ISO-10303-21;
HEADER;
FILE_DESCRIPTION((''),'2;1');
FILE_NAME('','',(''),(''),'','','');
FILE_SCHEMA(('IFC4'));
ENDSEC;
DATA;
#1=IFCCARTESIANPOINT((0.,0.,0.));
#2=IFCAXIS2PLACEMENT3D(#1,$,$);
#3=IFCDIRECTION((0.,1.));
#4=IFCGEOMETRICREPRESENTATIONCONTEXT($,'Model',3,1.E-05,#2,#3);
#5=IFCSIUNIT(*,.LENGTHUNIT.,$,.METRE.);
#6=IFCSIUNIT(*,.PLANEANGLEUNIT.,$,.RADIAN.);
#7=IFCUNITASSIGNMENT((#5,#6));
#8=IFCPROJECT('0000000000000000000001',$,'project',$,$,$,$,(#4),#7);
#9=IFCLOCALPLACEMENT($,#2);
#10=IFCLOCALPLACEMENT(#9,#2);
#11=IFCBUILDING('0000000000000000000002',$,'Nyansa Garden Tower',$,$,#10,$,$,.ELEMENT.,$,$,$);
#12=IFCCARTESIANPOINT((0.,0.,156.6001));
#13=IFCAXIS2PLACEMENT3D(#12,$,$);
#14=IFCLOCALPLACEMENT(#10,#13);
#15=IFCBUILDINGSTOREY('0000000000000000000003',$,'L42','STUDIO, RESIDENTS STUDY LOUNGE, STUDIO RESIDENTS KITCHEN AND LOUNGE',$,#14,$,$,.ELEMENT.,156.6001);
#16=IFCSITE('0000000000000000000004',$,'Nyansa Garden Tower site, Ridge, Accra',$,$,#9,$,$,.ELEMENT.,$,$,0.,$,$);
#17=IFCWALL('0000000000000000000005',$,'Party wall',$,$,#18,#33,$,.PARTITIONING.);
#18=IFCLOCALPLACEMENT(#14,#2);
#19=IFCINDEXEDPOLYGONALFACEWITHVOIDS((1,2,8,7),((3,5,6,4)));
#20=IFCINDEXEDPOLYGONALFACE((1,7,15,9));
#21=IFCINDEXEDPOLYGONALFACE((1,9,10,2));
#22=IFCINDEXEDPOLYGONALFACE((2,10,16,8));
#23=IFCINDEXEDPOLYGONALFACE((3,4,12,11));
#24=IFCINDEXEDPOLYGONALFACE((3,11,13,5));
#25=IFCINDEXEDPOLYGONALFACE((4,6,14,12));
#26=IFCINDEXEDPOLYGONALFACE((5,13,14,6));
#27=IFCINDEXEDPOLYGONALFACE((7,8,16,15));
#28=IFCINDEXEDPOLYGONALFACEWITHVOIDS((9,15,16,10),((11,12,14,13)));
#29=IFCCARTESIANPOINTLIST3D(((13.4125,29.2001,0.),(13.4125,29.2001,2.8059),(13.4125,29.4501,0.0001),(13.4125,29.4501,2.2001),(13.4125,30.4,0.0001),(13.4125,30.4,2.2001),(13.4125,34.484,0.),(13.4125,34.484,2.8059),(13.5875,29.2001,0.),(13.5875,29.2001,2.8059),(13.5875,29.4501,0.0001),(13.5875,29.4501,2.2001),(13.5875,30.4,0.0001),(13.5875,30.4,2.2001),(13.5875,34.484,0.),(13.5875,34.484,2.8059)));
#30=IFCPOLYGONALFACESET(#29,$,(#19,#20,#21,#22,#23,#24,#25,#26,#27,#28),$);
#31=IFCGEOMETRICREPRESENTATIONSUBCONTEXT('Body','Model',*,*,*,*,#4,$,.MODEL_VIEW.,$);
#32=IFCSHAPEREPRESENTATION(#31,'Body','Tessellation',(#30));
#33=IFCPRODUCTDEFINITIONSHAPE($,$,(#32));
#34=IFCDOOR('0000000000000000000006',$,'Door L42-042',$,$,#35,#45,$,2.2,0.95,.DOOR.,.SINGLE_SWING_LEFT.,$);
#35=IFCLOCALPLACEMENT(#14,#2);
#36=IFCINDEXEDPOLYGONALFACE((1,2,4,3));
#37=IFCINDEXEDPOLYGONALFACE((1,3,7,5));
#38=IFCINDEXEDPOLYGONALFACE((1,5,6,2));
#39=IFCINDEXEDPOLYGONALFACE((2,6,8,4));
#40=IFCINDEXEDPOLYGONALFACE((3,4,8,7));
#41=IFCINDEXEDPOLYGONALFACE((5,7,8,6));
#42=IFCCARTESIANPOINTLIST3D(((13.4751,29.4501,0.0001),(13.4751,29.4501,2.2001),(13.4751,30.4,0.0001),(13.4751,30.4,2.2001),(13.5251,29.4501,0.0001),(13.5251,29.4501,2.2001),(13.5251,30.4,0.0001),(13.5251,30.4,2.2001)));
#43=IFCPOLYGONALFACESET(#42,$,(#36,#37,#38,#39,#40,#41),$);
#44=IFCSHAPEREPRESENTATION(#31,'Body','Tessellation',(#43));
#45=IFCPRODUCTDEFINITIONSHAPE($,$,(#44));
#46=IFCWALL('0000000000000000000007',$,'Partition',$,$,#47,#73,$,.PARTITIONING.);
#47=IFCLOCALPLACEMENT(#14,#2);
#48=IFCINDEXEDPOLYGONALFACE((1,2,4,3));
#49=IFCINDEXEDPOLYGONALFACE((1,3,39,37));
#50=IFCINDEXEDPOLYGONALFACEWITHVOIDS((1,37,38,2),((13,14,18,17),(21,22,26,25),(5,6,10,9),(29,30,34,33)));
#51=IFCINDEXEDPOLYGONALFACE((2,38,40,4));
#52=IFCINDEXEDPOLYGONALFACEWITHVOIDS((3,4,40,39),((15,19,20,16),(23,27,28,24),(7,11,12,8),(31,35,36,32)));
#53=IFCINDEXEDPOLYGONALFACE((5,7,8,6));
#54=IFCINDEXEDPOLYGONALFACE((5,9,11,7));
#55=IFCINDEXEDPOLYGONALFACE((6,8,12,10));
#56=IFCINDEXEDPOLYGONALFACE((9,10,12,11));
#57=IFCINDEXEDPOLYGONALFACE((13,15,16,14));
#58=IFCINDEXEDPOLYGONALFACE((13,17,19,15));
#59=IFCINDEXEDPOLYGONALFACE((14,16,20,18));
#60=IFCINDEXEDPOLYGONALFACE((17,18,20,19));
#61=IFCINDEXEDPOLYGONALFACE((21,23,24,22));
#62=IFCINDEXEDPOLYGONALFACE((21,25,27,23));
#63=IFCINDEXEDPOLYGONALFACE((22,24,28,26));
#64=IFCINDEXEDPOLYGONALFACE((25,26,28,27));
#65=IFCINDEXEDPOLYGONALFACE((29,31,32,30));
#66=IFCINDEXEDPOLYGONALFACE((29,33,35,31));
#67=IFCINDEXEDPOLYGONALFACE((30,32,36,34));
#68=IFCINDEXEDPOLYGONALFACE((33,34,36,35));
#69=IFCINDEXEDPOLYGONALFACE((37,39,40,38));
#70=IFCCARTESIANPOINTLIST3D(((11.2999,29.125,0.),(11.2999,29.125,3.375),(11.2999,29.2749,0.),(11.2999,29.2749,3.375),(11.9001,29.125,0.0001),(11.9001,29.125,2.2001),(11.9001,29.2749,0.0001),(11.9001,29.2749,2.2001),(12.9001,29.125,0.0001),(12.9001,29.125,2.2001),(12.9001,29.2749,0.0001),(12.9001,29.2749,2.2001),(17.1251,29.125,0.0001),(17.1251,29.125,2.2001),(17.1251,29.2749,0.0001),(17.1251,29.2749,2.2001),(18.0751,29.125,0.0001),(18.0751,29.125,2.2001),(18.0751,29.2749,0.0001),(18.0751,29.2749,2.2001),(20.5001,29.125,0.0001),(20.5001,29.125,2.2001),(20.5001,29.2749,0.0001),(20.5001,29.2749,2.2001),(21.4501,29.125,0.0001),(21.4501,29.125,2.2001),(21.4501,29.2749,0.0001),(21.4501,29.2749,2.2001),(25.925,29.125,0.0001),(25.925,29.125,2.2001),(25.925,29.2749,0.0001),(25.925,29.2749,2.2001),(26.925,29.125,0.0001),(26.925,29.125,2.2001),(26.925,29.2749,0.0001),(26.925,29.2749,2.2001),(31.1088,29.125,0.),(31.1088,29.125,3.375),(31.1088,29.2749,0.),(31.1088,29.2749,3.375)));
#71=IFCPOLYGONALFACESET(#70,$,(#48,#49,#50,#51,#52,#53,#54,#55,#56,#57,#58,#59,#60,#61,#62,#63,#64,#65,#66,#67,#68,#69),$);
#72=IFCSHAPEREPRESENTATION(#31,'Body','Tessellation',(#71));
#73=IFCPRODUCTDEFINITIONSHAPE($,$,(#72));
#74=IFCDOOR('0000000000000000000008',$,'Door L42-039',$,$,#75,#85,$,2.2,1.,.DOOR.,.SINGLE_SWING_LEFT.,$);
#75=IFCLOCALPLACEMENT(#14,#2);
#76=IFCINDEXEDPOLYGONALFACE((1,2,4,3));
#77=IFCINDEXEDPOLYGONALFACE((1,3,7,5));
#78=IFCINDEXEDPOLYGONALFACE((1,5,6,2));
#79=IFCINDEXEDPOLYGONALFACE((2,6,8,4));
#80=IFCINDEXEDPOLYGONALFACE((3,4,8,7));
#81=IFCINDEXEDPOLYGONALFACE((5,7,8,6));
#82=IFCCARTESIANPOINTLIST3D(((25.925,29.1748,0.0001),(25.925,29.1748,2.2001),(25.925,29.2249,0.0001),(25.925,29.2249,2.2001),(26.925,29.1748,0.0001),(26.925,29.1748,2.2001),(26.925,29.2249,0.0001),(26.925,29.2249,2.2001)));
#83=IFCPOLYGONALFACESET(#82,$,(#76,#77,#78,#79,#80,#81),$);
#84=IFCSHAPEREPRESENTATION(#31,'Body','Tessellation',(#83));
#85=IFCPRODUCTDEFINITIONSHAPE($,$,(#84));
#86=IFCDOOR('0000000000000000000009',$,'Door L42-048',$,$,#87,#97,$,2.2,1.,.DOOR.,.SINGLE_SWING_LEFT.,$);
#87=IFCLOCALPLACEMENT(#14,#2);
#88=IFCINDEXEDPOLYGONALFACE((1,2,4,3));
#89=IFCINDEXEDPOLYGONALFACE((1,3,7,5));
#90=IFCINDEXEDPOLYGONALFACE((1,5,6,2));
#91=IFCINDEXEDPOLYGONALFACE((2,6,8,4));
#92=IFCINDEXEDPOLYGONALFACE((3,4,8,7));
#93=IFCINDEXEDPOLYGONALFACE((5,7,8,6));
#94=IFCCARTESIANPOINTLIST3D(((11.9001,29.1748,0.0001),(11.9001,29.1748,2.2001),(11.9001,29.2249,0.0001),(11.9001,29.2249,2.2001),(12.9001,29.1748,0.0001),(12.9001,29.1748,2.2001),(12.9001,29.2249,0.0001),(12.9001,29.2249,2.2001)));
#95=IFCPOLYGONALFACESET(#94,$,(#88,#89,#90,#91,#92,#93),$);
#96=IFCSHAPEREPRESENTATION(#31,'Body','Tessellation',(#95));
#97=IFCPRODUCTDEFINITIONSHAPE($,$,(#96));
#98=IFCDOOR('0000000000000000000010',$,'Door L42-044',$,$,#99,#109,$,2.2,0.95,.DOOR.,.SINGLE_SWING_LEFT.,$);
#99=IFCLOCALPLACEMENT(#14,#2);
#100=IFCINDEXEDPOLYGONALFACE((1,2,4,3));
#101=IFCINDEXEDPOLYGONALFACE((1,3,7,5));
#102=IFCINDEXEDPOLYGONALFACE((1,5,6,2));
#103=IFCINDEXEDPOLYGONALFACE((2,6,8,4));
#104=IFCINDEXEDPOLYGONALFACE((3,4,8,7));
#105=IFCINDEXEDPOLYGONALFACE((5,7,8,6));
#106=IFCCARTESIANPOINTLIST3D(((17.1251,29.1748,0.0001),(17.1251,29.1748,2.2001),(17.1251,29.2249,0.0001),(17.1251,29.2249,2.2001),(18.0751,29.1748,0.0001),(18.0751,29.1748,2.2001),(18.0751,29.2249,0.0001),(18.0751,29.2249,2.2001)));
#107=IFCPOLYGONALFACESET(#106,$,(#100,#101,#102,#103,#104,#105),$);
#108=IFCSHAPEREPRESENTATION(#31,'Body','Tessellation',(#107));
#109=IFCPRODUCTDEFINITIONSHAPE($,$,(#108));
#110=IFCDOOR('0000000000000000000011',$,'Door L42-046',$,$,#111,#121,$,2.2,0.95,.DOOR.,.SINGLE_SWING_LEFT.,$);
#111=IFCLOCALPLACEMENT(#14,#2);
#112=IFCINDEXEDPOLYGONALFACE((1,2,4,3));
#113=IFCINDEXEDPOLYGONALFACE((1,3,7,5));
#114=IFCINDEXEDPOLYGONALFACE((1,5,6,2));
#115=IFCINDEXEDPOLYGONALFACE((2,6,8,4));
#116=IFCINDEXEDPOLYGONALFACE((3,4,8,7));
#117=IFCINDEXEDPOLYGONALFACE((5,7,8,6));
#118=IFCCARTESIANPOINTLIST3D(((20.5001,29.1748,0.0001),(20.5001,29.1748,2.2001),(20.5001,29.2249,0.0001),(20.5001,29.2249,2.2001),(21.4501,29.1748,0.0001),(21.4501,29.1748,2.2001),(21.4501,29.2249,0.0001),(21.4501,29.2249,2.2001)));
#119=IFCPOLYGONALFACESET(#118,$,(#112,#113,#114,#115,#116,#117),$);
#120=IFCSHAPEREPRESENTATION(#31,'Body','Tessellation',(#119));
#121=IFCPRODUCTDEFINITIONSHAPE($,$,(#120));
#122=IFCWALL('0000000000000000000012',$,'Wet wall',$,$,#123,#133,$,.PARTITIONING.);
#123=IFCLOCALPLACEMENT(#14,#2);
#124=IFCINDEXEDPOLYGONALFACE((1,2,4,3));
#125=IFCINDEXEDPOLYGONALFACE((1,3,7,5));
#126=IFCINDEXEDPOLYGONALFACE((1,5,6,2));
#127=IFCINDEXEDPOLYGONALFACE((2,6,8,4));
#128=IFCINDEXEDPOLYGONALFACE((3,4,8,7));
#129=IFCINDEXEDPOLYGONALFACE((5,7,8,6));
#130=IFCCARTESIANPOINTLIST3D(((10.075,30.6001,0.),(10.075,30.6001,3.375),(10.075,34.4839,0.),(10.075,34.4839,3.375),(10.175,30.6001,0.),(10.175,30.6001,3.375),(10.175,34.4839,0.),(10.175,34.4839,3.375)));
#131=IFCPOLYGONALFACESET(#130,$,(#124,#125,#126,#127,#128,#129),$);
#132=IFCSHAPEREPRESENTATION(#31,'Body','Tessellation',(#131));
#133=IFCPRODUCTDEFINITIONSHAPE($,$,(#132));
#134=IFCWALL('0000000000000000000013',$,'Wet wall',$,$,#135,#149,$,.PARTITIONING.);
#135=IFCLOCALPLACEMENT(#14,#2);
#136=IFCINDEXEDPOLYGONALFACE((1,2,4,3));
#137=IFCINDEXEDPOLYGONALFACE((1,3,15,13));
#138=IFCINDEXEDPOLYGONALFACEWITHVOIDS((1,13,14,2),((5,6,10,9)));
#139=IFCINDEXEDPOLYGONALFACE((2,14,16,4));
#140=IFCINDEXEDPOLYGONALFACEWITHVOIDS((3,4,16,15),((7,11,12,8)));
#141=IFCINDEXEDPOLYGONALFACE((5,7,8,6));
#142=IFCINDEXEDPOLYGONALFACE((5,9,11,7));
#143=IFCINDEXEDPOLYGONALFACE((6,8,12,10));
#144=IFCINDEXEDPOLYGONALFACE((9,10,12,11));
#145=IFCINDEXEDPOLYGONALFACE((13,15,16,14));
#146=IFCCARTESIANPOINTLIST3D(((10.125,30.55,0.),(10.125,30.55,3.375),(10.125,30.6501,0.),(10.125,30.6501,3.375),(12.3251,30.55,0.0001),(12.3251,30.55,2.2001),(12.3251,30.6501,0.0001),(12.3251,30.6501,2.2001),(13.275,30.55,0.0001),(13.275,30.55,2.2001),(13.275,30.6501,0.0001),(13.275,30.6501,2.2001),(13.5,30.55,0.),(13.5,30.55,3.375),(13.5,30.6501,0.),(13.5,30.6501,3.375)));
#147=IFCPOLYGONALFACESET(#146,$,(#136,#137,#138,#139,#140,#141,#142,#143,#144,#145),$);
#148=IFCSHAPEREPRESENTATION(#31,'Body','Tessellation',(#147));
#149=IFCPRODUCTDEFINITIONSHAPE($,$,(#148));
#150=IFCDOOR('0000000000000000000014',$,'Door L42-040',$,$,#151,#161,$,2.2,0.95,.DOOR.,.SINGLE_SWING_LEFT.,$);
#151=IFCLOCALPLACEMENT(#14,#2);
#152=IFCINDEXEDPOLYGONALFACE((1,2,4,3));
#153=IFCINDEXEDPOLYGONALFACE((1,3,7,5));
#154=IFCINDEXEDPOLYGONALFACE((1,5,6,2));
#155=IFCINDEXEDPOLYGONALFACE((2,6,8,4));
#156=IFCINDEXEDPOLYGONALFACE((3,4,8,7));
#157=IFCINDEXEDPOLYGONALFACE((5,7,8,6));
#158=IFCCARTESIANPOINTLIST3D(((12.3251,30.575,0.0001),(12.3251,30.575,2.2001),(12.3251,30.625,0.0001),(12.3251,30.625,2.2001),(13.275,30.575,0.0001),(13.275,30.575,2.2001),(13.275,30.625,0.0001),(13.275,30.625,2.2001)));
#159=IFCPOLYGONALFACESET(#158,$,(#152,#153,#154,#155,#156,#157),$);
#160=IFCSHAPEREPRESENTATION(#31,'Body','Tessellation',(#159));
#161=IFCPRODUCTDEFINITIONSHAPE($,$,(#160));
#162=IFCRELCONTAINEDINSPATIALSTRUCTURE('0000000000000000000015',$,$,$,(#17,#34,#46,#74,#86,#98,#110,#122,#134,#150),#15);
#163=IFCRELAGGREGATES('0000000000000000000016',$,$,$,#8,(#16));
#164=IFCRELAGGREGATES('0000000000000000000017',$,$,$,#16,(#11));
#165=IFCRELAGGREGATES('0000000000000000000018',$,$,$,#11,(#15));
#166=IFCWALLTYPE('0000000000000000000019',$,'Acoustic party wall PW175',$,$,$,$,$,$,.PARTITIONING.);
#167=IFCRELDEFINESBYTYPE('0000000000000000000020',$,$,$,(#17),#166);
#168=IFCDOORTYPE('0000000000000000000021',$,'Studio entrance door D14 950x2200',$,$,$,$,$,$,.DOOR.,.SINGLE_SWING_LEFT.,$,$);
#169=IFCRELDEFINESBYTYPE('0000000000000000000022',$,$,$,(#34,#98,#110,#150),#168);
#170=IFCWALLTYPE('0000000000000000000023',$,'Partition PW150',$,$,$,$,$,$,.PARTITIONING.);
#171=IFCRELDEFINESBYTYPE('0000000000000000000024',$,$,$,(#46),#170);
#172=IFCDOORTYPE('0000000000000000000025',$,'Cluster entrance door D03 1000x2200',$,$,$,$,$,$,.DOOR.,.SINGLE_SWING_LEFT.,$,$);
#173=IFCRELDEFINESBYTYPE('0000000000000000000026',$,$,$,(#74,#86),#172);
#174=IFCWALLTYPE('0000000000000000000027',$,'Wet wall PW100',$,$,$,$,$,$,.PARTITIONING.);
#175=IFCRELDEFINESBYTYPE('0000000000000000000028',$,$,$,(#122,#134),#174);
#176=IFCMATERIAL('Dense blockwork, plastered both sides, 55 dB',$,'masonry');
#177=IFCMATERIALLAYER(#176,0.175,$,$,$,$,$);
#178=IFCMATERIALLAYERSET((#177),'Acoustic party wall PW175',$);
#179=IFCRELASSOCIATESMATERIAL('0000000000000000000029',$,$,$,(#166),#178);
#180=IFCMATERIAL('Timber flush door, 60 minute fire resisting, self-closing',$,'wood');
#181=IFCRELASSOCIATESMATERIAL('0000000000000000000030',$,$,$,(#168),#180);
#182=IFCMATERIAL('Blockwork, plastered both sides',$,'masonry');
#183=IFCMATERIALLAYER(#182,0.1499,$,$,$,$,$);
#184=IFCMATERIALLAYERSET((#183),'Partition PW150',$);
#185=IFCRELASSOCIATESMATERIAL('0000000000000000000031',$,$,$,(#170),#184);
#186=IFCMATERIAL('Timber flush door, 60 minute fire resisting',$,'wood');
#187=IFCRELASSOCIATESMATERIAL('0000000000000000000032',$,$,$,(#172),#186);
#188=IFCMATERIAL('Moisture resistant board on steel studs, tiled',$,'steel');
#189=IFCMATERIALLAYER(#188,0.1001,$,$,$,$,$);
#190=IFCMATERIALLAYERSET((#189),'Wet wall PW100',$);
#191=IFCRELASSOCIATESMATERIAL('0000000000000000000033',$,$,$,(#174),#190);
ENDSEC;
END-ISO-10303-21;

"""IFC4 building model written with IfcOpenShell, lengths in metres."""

from ifc_helpers import new_model, si_unit, direction, frame, frame_2d, origin, place, context, subcontext, project, spatial, rectangle, extrude, material, layer, layer_set, type_object, element, fill, save


model = new_model("IFC4")

# Units and contexts
model_context = context("Model", 3, precision=1e-05, world=origin(), true_north=direction((0.0, 1.0)))
body_context = subcontext(model_context, "Body", "Model", "MODEL_VIEW")
ifc_project = project(units=[si_unit("LENGTHUNIT", "METRE"), si_unit("PLANEANGLEUNIT", "RADIAN")], contexts=[model_context])

# Site, building, storey
site_placement = place(None, origin())
site = spatial("IfcSite", under=ifc_project, at=site_placement, Name="Nyansa Garden Tower site, Ridge, Accra", CompositionType="ELEMENT", RefElevation=0.0)
building_placement = place(site_placement, origin())
building = spatial("IfcBuilding", under=site, at=building_placement, Name="Nyansa Garden Tower", CompositionType="ELEMENT")
storey_placement = place(building_placement, frame((0.0, 0.0, 156.6001)))
storey = spatial("IfcBuildingStorey", under=building, at=storey_placement, Name="L42", Description="STUDIO, RESIDENTS STUDY LOUNGE, STUDIO RESIDENTS KITCHEN AND LOUNGE", CompositionType="ELEMENT", Elevation=156.6001)

# Wall, opening, door
ifc_material_1 = material(Name="Dense blockwork, plastered both sides, 55 dB", Category="masonry")
ifc_layer_1 = layer(ifc_material_1, 0.175)
ifc_layer_set_1 = layer_set([ifc_layer_1], Name="Acoustic party wall PW175")
wall_type_1 = type_object("IfcWallType", Name="Acoustic party wall PW175", PredefinedType="PARTITIONING", material=ifc_layer_set_1)
wall_1_placement = place(storey_placement, frame((13.5, 29.2, 0.0), z_axis=(0.0, 0.0, 1.0), x_axis=(0.0, 1.0, 0.0)))
wall_1 = element("IfcWall", 1, at=wall_1_placement, inside=storey, type_object=wall_type_1, Name="Party wall", PredefinedType="PARTITIONING", context=body_context, shape_type="SweptSolid", body=[
    extrude(rectangle(XDim=5.2839, YDim=0.175, at=frame_2d((2.6421, 0.0))), origin(), (0.0, 0.0, 1.0), 2.8059),
])
opening_1_placement = place(wall_1_placement, frame((0.25, 0.0, 0.0)))
opening_1 = element("IfcOpeningElement", 2, at=opening_1_placement, cuts=wall_1, PredefinedType="OPENING", context=body_context, shape_type="SweptSolid", body=[
    extrude(rectangle(XDim=0.95, YDim=2.2, at=frame_2d((0.4751, 1.1001))), frame((0.0, 0.0974, 0.0), z_axis=(0.0, -1.0, 0.0), x_axis=(1.0, 0.0, 0.0)), (0.0, 0.0, 1.0), 0.1951),
])
ifc_material_2 = material(Name="Timber flush door, 60 minute fire resisting, self-closing", Category="wood")
door_type_1 = type_object("IfcDoorType", Name="Studio entrance door D14 950x2200", OperationType="SINGLE_SWING_LEFT", PredefinedType="DOOR", material=ifc_material_2)
door_1_placement = place(opening_1_placement, origin())
door_1 = element("IfcDoor", 3, at=door_1_placement, inside=storey, type_object=door_type_1, Name="Door L42-042", OperationType="SINGLE_SWING_LEFT", OverallHeight=2.2, OverallWidth=0.95, PredefinedType="DOOR", context=body_context, shape_type="SweptSolid", body=[
    extrude(rectangle(XDim=0.95, YDim=2.2, at=frame_2d((0.4751, 1.1001))), frame((0.0, 0.0249, 0.0), z_axis=(0.0, -1.0, 0.0), x_axis=(1.0, 0.0, 0.0)), (0.0, 0.0, 1.0), 0.05),
])
fill(opening_1, door_1)

# Wall, openings, doors
ifc_material_3 = material(Name="Blockwork, plastered both sides", Category="masonry")
ifc_layer_2 = layer(ifc_material_3, 0.1499)
ifc_layer_set_2 = layer_set([ifc_layer_2], Name="Partition PW150")
wall_type_2 = type_object("IfcWallType", Name="Partition PW150", PredefinedType="PARTITIONING", material=ifc_layer_set_2)
wall_2_placement = place(storey_placement, frame((11.3, 29.2, 0.0), z_axis=(0.0, 0.0, 1.0), x_axis=(1.0, 0.0, 0.0)))
wall_2 = element("IfcWall", 4, at=wall_2_placement, inside=storey, type_object=wall_type_2, Name="Partition", PredefinedType="PARTITIONING", context=body_context, shape_type="SweptSolid", body=[
    extrude(rectangle(XDim=19.8088, YDim=0.1499, at=frame_2d((9.9043, 0.0))), origin(), (0.0, 0.0, 1.0), 3.375),
])
opening_2_placement = place(wall_2_placement, frame((14.625, 0.0, 0.0)))
opening_2 = element("IfcOpeningElement", 5, at=opening_2_placement, cuts=wall_2, PredefinedType="OPENING", context=body_context, shape_type="SweptSolid", body=[
    extrude(rectangle(XDim=1.0, YDim=2.2, at=frame_2d((0.5, 1.1001))), frame((0.0, 0.085, 0.0), z_axis=(0.0, -1.0, 0.0), x_axis=(1.0, 0.0, 0.0)), (0.0, 0.0, 1.0), 0.1699),
])
opening_3_placement = place(wall_2_placement, frame((5.825, 0.0, 0.0)))
opening_3 = element("IfcOpeningElement", 6, at=opening_3_placement, cuts=wall_2, PredefinedType="OPENING", context=body_context, shape_type="SweptSolid", body=[
    extrude(rectangle(XDim=0.95, YDim=2.2, at=frame_2d((0.4751, 1.1001))), frame((0.0, 0.085, 0.0), z_axis=(0.0, -1.0, 0.0), x_axis=(1.0, 0.0, 0.0)), (0.0, 0.0, 1.0), 0.1699),
])
opening_4_placement = place(wall_2_placement, frame((9.2, 0.0, 0.0)))
opening_4 = element("IfcOpeningElement", 7, at=opening_4_placement, cuts=wall_2, PredefinedType="OPENING", context=body_context, shape_type="SweptSolid", body=[
    extrude(rectangle(XDim=0.95, YDim=2.2, at=frame_2d((0.4751, 1.1001))), frame((0.0, 0.085, 0.0), z_axis=(0.0, -1.0, 0.0), x_axis=(1.0, 0.0, 0.0)), (0.0, 0.0, 1.0), 0.1699),
])
opening_5_placement = place(wall_2_placement, frame((0.6001, 0.0, 0.0)))
opening_5 = element("IfcOpeningElement", 8, at=opening_5_placement, cuts=wall_2, PredefinedType="OPENING", context=body_context, shape_type="SweptSolid", body=[
    extrude(rectangle(XDim=1.0, YDim=2.2, at=frame_2d((0.5, 1.1001))), frame((0.0, 0.085, 0.0), z_axis=(0.0, -1.0, 0.0), x_axis=(1.0, 0.0, 0.0)), (0.0, 0.0, 1.0), 0.1699),
])
ifc_material_4 = material(Name="Timber flush door, 60 minute fire resisting", Category="wood")
door_type_2 = type_object("IfcDoorType", Name="Cluster entrance door D03 1000x2200", OperationType="SINGLE_SWING_LEFT", PredefinedType="DOOR", material=ifc_material_4)
door_2_placement = place(opening_2_placement, origin())
door_2 = element("IfcDoor", 9, at=door_2_placement, inside=storey, type_object=door_type_2, Name="Door L42-039", OperationType="SINGLE_SWING_LEFT", OverallHeight=2.2, OverallWidth=1.0, PredefinedType="DOOR", context=body_context, shape_type="SweptSolid", body=[
    extrude(rectangle(XDim=1.0, YDim=2.2, at=frame_2d((0.5, 1.1001))), frame((0.0, 0.0249, 0.0), z_axis=(0.0, -1.0, 0.0), x_axis=(1.0, 0.0, 0.0)), (0.0, 0.0, 1.0), 0.05),
])
fill(opening_2, door_2)
door_3_placement = place(opening_5_placement, origin())
door_3 = element("IfcDoor", 10, at=door_3_placement, inside=storey, type_object=door_type_2, Name="Door L42-048", OperationType="SINGLE_SWING_LEFT", OverallHeight=2.2, OverallWidth=1.0, PredefinedType="DOOR", context=body_context, shape_type="SweptSolid", body=[
    extrude(rectangle(XDim=1.0, YDim=2.2, at=frame_2d((0.5, 1.1001))), frame((0.0, 0.0249, 0.0), z_axis=(0.0, -1.0, 0.0), x_axis=(1.0, 0.0, 0.0)), (0.0, 0.0, 1.0), 0.05),
])
fill(opening_5, door_3)
door_4_placement = place(opening_3_placement, origin())
door_4 = element("IfcDoor", 11, at=door_4_placement, inside=storey, type_object=door_type_1, Name="Door L42-044", OperationType="SINGLE_SWING_LEFT", OverallHeight=2.2, OverallWidth=0.95, PredefinedType="DOOR", context=body_context, shape_type="SweptSolid", body=[
    extrude(rectangle(XDim=0.95, YDim=2.2, at=frame_2d((0.4751, 1.1001))), frame((0.0, 0.0249, 0.0), z_axis=(0.0, -1.0, 0.0), x_axis=(1.0, 0.0, 0.0)), (0.0, 0.0, 1.0), 0.05),
])
fill(opening_3, door_4)
door_5_placement = place(opening_4_placement, origin())
door_5 = element("IfcDoor", 12, at=door_5_placement, inside=storey, type_object=door_type_1, Name="Door L42-046", OperationType="SINGLE_SWING_LEFT", OverallHeight=2.2, OverallWidth=0.95, PredefinedType="DOOR", context=body_context, shape_type="SweptSolid", body=[
    extrude(rectangle(XDim=0.95, YDim=2.2, at=frame_2d((0.4751, 1.1001))), frame((0.0, 0.0249, 0.0), z_axis=(0.0, -1.0, 0.0), x_axis=(1.0, 0.0, 0.0)), (0.0, 0.0, 1.0), 0.05),
])
fill(opening_4, door_5)

# Wall
ifc_material_5 = material(Name="Moisture resistant board on steel studs, tiled", Category="steel")
ifc_layer_3 = layer(ifc_material_5, 0.1001)
ifc_layer_set_3 = layer_set([ifc_layer_3], Name="Wet wall PW100")
wall_type_3 = type_object("IfcWallType", Name="Wet wall PW100", PredefinedType="PARTITIONING", material=ifc_layer_set_3)
wall_3_placement = place(storey_placement, frame((10.125, 30.6001, 0.0), z_axis=(0.0, 0.0, 1.0), x_axis=(0.0, 1.0, 0.0)))
element("IfcWall", 13, at=wall_3_placement, inside=storey, type_object=wall_type_3, Name="Wet wall", PredefinedType="PARTITIONING", context=body_context, shape_type="SweptSolid", body=[
    extrude(rectangle(XDim=3.8838, YDim=0.1001, at=frame_2d((1.9419, 0.0))), origin(), (0.0, 0.0, 1.0), 3.375),
])

# Wall, opening, door
wall_4_placement = place(storey_placement, frame((10.125, 30.6001, 0.0), z_axis=(0.0, 0.0, 1.0), x_axis=(1.0, 0.0, 0.0)))
wall_4 = element("IfcWall", 14, at=wall_4_placement, inside=storey, type_object=wall_type_3, Name="Wet wall", PredefinedType="PARTITIONING", context=body_context, shape_type="SweptSolid", body=[
    extrude(rectangle(XDim=3.375, YDim=0.1001, at=frame_2d((1.6875, 0.0))), origin(), (0.0, 0.0, 1.0), 3.375),
])
opening_6_placement = place(wall_4_placement, frame((2.2, 0.0, 0.0)))
opening_6 = element("IfcOpeningElement", 15, at=opening_6_placement, cuts=wall_4, PredefinedType="OPENING", context=body_context, shape_type="SweptSolid", body=[
    extrude(rectangle(XDim=0.95, YDim=2.2, at=frame_2d((0.4751, 1.1001))), frame((0.0, 0.0601, 0.0), z_axis=(0.0, -1.0, 0.0), x_axis=(1.0, 0.0, 0.0)), (0.0, 0.0, 1.0), 0.1201),
])
door_6_placement = place(opening_6_placement, origin())
door_6 = element("IfcDoor", 16, at=door_6_placement, inside=storey, type_object=door_type_1, Name="Door L42-040", OperationType="SINGLE_SWING_LEFT", OverallHeight=2.2, OverallWidth=0.95, PredefinedType="DOOR", context=body_context, shape_type="SweptSolid", body=[
    extrude(rectangle(XDim=0.95, YDim=2.2, at=frame_2d((0.4751, 1.1001))), frame((0.0, 0.0249, 0.0), z_axis=(0.0, -1.0, 0.0), x_axis=(1.0, 0.0, 0.0)), (0.0, 0.0, 1.0), 0.05),
])
fill(opening_6, door_6)

save(model, "model.ifc")
